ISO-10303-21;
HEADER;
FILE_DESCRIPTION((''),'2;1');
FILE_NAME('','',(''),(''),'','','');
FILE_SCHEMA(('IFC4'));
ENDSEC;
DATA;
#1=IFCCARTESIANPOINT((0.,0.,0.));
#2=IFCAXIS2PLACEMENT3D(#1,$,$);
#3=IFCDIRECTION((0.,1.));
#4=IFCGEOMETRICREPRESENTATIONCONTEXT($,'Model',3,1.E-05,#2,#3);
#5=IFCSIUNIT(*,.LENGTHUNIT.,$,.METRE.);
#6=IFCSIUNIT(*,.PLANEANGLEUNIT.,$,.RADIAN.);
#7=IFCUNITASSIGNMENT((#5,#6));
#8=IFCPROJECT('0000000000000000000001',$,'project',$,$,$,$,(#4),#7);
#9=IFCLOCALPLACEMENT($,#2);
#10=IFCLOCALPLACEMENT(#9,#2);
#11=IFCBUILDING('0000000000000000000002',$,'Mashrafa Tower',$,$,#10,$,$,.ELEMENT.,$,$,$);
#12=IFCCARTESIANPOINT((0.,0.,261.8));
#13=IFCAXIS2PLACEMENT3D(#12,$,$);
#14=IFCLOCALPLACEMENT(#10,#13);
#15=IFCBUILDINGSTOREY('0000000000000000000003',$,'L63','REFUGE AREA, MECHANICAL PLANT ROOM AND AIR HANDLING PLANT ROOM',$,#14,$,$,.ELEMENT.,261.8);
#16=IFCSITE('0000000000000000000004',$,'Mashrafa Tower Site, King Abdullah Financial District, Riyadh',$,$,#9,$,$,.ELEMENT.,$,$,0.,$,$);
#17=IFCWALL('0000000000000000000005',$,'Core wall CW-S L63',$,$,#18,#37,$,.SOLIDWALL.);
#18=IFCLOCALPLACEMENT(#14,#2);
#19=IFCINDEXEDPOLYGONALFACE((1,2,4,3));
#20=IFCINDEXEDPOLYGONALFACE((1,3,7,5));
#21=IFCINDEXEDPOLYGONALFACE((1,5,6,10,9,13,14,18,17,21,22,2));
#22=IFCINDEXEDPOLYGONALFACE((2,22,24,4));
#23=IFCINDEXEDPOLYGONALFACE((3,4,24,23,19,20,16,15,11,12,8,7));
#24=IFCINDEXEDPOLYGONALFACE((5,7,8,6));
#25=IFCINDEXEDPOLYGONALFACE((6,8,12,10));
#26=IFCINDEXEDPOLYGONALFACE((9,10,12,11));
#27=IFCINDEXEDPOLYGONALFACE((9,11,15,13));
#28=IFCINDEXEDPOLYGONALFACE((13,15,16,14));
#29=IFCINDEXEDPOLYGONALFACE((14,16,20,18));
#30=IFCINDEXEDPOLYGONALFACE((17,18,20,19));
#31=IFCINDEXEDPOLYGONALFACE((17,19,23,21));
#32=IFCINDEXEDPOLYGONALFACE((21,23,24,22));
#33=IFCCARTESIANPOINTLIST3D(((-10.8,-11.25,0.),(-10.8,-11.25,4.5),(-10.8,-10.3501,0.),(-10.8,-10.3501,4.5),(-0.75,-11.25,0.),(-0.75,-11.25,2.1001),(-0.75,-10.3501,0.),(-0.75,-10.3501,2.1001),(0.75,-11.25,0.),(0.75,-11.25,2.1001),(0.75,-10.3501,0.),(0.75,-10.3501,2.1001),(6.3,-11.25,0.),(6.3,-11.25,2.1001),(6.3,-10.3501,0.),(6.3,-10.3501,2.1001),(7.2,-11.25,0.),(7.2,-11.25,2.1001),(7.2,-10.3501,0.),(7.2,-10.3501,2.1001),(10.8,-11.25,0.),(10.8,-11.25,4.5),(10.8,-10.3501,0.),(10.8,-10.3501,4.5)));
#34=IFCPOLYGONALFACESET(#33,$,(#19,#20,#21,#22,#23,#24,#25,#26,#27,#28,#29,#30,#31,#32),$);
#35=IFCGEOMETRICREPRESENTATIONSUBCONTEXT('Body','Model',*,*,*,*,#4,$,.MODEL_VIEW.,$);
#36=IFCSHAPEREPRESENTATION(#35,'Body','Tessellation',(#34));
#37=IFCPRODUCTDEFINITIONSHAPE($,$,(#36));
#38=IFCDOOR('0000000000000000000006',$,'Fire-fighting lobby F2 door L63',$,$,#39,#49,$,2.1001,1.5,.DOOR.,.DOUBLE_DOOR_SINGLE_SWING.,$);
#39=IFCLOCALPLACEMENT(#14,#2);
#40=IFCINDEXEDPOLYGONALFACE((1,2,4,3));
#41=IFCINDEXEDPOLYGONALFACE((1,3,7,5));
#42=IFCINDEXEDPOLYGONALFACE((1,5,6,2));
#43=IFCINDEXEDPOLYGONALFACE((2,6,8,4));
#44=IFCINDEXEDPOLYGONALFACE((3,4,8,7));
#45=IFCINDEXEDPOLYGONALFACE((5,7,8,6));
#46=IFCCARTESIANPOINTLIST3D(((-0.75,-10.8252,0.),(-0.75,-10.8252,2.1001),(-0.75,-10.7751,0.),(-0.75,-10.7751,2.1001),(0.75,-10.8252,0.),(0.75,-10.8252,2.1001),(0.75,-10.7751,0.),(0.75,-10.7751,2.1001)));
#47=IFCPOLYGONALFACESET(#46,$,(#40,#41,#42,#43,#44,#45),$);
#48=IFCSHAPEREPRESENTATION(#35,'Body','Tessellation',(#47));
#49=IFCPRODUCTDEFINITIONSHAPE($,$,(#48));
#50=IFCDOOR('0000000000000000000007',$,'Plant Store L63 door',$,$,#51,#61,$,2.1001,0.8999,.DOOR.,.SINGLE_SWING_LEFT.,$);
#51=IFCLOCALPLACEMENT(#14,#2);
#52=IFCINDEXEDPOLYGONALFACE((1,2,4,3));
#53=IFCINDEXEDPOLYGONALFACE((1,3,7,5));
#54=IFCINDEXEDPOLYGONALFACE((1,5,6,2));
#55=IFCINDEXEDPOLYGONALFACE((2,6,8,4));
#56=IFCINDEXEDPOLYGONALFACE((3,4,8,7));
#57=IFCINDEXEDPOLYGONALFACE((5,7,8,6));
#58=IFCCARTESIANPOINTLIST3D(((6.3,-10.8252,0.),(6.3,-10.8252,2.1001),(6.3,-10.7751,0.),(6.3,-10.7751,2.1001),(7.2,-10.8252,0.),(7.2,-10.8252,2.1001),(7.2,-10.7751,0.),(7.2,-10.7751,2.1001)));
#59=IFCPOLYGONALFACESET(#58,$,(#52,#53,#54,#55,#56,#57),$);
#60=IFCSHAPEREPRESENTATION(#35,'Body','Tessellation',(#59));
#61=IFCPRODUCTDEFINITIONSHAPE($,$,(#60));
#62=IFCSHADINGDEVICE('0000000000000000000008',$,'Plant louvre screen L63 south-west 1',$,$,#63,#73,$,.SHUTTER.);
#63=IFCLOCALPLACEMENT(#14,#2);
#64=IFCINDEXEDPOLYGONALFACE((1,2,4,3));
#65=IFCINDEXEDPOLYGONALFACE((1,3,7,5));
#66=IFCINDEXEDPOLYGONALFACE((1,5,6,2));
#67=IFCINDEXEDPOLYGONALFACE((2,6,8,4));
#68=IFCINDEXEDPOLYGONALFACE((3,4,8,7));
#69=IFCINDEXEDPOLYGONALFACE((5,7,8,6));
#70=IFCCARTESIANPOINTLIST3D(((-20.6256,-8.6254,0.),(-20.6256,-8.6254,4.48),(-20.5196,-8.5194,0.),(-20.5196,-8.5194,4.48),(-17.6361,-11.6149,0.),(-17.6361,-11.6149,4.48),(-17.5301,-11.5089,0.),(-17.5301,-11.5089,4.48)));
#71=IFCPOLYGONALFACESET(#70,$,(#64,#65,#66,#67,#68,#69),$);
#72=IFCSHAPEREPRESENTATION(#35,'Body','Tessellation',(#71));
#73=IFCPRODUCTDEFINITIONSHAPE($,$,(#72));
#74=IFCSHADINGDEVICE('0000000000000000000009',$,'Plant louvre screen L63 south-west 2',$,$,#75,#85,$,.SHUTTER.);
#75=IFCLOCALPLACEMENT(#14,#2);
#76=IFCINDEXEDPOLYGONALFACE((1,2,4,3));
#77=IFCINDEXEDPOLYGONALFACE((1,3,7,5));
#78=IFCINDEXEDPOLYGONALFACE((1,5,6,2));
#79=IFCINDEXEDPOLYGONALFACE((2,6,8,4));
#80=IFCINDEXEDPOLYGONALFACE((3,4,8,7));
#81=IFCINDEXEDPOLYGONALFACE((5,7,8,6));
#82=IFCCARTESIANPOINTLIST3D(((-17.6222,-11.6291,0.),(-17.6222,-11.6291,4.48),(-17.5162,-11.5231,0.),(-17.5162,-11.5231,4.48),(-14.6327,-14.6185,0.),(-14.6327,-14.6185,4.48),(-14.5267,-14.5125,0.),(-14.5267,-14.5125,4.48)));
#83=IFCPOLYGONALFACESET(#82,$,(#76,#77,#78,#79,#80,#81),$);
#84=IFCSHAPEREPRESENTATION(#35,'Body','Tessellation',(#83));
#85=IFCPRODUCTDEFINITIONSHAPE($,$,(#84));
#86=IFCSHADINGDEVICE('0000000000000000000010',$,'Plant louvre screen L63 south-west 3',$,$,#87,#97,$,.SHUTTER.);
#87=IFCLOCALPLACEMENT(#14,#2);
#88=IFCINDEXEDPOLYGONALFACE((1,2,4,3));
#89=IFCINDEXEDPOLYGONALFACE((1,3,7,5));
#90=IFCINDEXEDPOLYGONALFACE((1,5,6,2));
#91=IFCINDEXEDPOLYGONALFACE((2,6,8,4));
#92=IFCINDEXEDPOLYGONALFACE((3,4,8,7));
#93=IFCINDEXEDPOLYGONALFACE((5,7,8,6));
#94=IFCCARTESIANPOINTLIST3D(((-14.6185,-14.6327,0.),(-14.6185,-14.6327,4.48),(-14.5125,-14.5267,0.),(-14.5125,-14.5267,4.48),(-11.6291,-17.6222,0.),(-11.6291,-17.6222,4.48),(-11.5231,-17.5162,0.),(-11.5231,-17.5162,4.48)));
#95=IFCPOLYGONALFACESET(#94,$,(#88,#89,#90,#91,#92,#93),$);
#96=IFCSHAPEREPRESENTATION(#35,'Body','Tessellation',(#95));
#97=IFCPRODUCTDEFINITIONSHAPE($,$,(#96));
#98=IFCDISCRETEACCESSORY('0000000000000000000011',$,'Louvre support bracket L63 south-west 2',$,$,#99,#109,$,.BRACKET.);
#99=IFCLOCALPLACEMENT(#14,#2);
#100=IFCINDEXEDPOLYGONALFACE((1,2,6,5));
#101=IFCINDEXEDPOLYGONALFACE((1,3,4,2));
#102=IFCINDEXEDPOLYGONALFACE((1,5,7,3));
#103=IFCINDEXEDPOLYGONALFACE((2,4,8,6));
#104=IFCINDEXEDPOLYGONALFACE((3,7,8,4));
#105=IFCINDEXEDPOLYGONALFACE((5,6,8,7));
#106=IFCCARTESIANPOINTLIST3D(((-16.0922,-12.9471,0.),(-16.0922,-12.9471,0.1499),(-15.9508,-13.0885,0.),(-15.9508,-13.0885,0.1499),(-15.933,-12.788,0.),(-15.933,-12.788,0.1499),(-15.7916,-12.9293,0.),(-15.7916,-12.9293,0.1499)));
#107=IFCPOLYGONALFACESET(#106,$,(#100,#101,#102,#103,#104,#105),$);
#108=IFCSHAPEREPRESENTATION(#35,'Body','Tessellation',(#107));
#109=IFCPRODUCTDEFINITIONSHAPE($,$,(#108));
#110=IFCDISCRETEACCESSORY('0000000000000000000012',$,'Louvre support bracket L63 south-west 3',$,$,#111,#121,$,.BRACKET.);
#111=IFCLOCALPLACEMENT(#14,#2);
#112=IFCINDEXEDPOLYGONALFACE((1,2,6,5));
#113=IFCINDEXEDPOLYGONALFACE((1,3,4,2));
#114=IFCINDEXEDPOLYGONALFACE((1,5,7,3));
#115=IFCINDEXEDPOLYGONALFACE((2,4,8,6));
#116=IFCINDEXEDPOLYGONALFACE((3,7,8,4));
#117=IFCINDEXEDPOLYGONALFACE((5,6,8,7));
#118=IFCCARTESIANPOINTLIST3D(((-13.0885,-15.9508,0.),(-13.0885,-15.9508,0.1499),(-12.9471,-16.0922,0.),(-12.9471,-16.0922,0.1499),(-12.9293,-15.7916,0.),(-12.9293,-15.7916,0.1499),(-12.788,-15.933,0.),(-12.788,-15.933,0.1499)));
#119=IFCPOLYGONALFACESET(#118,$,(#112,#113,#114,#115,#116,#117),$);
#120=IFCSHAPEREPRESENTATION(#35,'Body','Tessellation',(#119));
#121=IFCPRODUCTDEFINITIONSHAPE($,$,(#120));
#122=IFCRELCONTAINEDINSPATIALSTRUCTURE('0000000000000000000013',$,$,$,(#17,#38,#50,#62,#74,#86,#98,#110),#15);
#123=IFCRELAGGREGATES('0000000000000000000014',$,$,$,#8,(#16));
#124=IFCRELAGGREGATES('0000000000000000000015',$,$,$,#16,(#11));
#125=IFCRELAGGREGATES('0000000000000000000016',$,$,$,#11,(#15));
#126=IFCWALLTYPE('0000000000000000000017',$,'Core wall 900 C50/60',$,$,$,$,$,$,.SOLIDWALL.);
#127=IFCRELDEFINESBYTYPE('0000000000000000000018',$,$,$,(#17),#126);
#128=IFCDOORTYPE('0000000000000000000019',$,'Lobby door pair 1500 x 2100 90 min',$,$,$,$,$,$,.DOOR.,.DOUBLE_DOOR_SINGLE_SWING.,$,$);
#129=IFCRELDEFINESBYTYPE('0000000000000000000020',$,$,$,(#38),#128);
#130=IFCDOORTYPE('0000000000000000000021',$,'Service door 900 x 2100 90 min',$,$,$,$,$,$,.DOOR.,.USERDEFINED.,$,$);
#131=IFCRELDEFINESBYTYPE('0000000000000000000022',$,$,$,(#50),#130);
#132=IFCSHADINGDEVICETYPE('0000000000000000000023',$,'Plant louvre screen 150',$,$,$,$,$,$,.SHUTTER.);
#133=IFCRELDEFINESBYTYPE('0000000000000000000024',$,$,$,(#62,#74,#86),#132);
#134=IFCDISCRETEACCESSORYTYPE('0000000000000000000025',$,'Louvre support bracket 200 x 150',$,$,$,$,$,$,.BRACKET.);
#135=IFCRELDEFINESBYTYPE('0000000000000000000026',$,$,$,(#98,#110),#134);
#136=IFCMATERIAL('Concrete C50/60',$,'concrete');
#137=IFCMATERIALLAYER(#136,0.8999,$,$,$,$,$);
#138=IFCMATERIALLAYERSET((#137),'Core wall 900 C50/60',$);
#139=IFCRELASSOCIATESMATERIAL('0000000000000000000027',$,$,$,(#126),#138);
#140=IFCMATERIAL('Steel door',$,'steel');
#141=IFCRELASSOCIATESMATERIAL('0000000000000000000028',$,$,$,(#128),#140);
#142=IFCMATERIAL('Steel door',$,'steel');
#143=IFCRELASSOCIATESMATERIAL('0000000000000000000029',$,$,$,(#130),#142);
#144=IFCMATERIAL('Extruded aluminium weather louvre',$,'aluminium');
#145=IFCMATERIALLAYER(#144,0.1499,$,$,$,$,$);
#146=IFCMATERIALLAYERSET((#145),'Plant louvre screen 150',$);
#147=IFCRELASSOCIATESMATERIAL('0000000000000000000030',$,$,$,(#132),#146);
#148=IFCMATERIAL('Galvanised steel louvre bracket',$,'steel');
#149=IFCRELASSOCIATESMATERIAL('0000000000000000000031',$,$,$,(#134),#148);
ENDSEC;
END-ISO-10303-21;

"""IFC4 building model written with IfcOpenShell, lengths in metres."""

from ifc_helpers import new_model, si_unit, direction, frame, frame_2d, origin, origin_2d, place, context, subcontext, project, spatial, rectangle, extrude, source, transform, mapped, material, layer, layer_set, type_object, type_shapes, element, fill, save


model = new_model("IFC4")

# Units and contexts
model_context = context("Model", 3, precision=1e-05, world=origin(), true_north=direction((0.0, 1.0)))
body_context = subcontext(model_context, "Body", "Model", "MODEL_VIEW")
ifc_project = project(units=[si_unit("LENGTHUNIT", "METRE"), si_unit("PLANEANGLEUNIT", "RADIAN")], contexts=[model_context])

# Site, building, storey
site_placement = place(None, origin())
site = spatial("IfcSite", under=ifc_project, at=site_placement, Name="Mashrafa Tower Site, King Abdullah Financial District, Riyadh", CompositionType="ELEMENT", RefElevation=0.0)
building_placement = place(site_placement, origin())
building = spatial("IfcBuilding", under=site, at=building_placement, Name="Mashrafa Tower", CompositionType="ELEMENT")
storey_placement = place(building_placement, frame((0.0, 0.0, 261.8)))
storey = spatial("IfcBuildingStorey", under=building, at=storey_placement, Name="L63", Description="REFUGE AREA, MECHANICAL PLANT ROOM AND AIR HANDLING PLANT ROOM", CompositionType="ELEMENT", Elevation=261.8)

# Wall, openings, doors
ifc_material_1 = material(Name="Concrete C50/60", Category="concrete")
ifc_layer_1 = layer(ifc_material_1, 0.8999)
ifc_layer_set_1 = layer_set([ifc_layer_1], Name="Core wall 900 C50/60")
wall_type_1 = type_object("IfcWallType", Name="Core wall 900 C50/60", PredefinedType="SOLIDWALL", material=ifc_layer_set_1)
wall_1_placement = place(storey_placement, frame((-10.8, -10.8, 0.0), z_axis=(0.0, 0.0, 1.0), x_axis=(1.0, 0.0, 0.0)))
wall_1 = element("IfcWall", 1, at=wall_1_placement, inside=storey, type_object=wall_type_1, Name="Core wall CW-S L63", PredefinedType="SOLIDWALL", context=body_context, shape_type="SweptSolid", body=[
    extrude(rectangle(XDim=21.6001, YDim=0.8999, at=frame_2d((10.8, 0.0))), origin(), (0.0, 0.0, 1.0), 4.5),
])
opening_1_placement = place(wall_1_placement, frame((10.05, 0.0, 0.0)))
opening_1 = element("IfcOpeningElement", 2, at=opening_1_placement, cuts=wall_1, PredefinedType="OPENING", context=body_context, shape_type="SweptSolid", body=[
    extrude(rectangle(XDim=1.5, YDim=2.1001, at=frame_2d((0.75, 1.05))), frame((0.0, 0.46, 0.0), z_axis=(0.0, -1.0, 0.0), x_axis=(1.0, 0.0, 0.0)), (0.0, 0.0, 1.0), 0.9199),
])
opening_2_placement = place(wall_1_placement, frame((17.1001, 0.0, 0.0)))
opening_2 = element("IfcOpeningElement", 3, at=opening_2_placement, cuts=wall_1, PredefinedType="OPENING", context=body_context, shape_type="SweptSolid", body=[
    extrude(rectangle(XDim=0.8999, YDim=2.1001, at=frame_2d((0.45, 1.05))), frame((0.0, 0.46, 0.0), z_axis=(0.0, -1.0, 0.0), x_axis=(1.0, 0.0, 0.0)), (0.0, 0.0, 1.0), 0.9199),
])
ifc_material_2 = material(Name="Steel door", Category="steel")
door_type_1 = type_object("IfcDoorType", Name="Lobby door pair 1500 x 2100 90 min", OperationType="DOUBLE_DOOR_SINGLE_SWING", PredefinedType="DOOR", material=ifc_material_2)
door_1_placement = place(opening_1_placement, origin())
door_1 = element("IfcDoor", 4, at=door_1_placement, inside=storey, type_object=door_type_1, Name="Fire-fighting lobby F2 door L63", OperationType="DOUBLE_DOOR_SINGLE_SWING", OverallHeight=2.1001, OverallWidth=1.5, PredefinedType="DOOR", context=body_context, shape_type="SweptSolid", body=[
    extrude(rectangle(XDim=1.5, YDim=2.1001, at=frame_2d((0.75, 1.05))), frame((0.0, 0.0249, 0.0), z_axis=(0.0, -1.0, 0.0), x_axis=(1.0, 0.0, 0.0)), (0.0, 0.0, 1.0), 0.05),
])
fill(opening_1, door_1)
ifc_material_3 = material(Name="Steel door", Category="steel")
door_type_2 = type_object("IfcDoorType", Name="Service door 900 x 2100 90 min", OperationType="USERDEFINED", PredefinedType="DOOR", material=ifc_material_3)
door_2_placement = place(opening_2_placement, origin())
door_2 = element("IfcDoor", 5, at=door_2_placement, inside=storey, type_object=door_type_2, Name="Plant Store L63 door", OperationType="SINGLE_SWING_LEFT", OverallHeight=2.1001, OverallWidth=0.8999, PredefinedType="DOOR", context=body_context, shape_type="SweptSolid", body=[
    extrude(rectangle(XDim=0.8999, YDim=2.1001, at=frame_2d((0.45, 1.05))), frame((0.0, 0.0249, 0.0), z_axis=(0.0, -1.0, 0.0), x_axis=(1.0, 0.0, 0.0)), (0.0, 0.0, 1.0), 0.05),
])
fill(opening_2, door_2)

# Shading devices
ifc_material_4 = material(Name="Extruded aluminium weather louvre", Category="aluminium")
ifc_layer_2 = layer(ifc_material_4, 0.1499)
ifc_layer_set_2 = layer_set([ifc_layer_2], Name="Plant louvre screen 150")
shading_device_type = type_object("IfcShadingDeviceType", Name="Plant louvre screen 150", PredefinedType="SHUTTER", material=ifc_layer_set_2)
shared_shape_1 = source(origin(), body_context, "Body", "SweptSolid", [
    extrude(rectangle(XDim=4.2278, YDim=0.1499, at=origin_2d()), origin(), (0.0, 0.0, 1.0), 4.48),
])
type_shapes(shading_device_type, [shared_shape_1])
for number, where, z_axis, x_axis, name in (
    (6, (-19.0779, -10.0671, 0.0), (0.0, 0.0, 1.0), (0.707107, -0.707107, 0.0), "Plant louvre screen L63 south-west 1"),
    (7, (-16.0745, -13.0708, 0.0), (0.0, 0.0, 1.0), (0.707107, -0.707107, 0.0), "Plant louvre screen L63 south-west 2"),
    (8, (-13.0708, -16.0745, 0.0), (0.0, 0.0, 1.0), (0.707107, -0.707107, 0.0), "Plant louvre screen L63 south-west 3"),
):
    element("IfcShadingDevice", number, at=place(storey_placement, frame(where, z_axis=z_axis, x_axis=x_axis)), inside=storey, type_object=shading_device_type, Name=name, PredefinedType="SHUTTER", context=body_context, shape_type="MappedRepresentation", body=[
        mapped(shared_shape_1, transform((0.0, 0.0, 0.0))),
    ])

# Discrete accessories
ifc_material_5 = material(Name="Galvanised steel louvre bracket", Category="steel")
discrete_accessory_type = type_object("IfcDiscreteAccessoryType", Name="Louvre support bracket 200 x 150", PredefinedType="BRACKET", material=ifc_material_5)
shared_shape_2 = source(origin(), body_context, "Body", "SweptSolid", [
    extrude(rectangle(XDim=0.2, YDim=0.2251, at=origin_2d()), origin(), (0.0, 0.0, 1.0), 0.1499),
])
type_shapes(discrete_accessory_type, [shared_shape_2])
for number, where, z_axis, x_axis, name in (
    (9, (-15.9419, -12.9382, 0.0), (0.0, 0.0, 1.0), (0.707107, -0.707107, 0.0), "Louvre support bracket L63 south-west 2"),
    (10, (-12.9382, -15.9419, 0.0), (0.0, 0.0, 1.0), (0.707107, -0.707107, 0.0), "Louvre support bracket L63 south-west 3"),
):
    element("IfcDiscreteAccessory", number, at=place(storey_placement, frame(where, z_axis=z_axis, x_axis=x_axis)), inside=storey, type_object=discrete_accessory_type, Name=name, PredefinedType="BRACKET", context=body_context, shape_type="MappedRepresentation", body=[
        mapped(shared_shape_2, transform((0.0, 0.0, 0.0))),
    ])

save(model, "model.ifc")
